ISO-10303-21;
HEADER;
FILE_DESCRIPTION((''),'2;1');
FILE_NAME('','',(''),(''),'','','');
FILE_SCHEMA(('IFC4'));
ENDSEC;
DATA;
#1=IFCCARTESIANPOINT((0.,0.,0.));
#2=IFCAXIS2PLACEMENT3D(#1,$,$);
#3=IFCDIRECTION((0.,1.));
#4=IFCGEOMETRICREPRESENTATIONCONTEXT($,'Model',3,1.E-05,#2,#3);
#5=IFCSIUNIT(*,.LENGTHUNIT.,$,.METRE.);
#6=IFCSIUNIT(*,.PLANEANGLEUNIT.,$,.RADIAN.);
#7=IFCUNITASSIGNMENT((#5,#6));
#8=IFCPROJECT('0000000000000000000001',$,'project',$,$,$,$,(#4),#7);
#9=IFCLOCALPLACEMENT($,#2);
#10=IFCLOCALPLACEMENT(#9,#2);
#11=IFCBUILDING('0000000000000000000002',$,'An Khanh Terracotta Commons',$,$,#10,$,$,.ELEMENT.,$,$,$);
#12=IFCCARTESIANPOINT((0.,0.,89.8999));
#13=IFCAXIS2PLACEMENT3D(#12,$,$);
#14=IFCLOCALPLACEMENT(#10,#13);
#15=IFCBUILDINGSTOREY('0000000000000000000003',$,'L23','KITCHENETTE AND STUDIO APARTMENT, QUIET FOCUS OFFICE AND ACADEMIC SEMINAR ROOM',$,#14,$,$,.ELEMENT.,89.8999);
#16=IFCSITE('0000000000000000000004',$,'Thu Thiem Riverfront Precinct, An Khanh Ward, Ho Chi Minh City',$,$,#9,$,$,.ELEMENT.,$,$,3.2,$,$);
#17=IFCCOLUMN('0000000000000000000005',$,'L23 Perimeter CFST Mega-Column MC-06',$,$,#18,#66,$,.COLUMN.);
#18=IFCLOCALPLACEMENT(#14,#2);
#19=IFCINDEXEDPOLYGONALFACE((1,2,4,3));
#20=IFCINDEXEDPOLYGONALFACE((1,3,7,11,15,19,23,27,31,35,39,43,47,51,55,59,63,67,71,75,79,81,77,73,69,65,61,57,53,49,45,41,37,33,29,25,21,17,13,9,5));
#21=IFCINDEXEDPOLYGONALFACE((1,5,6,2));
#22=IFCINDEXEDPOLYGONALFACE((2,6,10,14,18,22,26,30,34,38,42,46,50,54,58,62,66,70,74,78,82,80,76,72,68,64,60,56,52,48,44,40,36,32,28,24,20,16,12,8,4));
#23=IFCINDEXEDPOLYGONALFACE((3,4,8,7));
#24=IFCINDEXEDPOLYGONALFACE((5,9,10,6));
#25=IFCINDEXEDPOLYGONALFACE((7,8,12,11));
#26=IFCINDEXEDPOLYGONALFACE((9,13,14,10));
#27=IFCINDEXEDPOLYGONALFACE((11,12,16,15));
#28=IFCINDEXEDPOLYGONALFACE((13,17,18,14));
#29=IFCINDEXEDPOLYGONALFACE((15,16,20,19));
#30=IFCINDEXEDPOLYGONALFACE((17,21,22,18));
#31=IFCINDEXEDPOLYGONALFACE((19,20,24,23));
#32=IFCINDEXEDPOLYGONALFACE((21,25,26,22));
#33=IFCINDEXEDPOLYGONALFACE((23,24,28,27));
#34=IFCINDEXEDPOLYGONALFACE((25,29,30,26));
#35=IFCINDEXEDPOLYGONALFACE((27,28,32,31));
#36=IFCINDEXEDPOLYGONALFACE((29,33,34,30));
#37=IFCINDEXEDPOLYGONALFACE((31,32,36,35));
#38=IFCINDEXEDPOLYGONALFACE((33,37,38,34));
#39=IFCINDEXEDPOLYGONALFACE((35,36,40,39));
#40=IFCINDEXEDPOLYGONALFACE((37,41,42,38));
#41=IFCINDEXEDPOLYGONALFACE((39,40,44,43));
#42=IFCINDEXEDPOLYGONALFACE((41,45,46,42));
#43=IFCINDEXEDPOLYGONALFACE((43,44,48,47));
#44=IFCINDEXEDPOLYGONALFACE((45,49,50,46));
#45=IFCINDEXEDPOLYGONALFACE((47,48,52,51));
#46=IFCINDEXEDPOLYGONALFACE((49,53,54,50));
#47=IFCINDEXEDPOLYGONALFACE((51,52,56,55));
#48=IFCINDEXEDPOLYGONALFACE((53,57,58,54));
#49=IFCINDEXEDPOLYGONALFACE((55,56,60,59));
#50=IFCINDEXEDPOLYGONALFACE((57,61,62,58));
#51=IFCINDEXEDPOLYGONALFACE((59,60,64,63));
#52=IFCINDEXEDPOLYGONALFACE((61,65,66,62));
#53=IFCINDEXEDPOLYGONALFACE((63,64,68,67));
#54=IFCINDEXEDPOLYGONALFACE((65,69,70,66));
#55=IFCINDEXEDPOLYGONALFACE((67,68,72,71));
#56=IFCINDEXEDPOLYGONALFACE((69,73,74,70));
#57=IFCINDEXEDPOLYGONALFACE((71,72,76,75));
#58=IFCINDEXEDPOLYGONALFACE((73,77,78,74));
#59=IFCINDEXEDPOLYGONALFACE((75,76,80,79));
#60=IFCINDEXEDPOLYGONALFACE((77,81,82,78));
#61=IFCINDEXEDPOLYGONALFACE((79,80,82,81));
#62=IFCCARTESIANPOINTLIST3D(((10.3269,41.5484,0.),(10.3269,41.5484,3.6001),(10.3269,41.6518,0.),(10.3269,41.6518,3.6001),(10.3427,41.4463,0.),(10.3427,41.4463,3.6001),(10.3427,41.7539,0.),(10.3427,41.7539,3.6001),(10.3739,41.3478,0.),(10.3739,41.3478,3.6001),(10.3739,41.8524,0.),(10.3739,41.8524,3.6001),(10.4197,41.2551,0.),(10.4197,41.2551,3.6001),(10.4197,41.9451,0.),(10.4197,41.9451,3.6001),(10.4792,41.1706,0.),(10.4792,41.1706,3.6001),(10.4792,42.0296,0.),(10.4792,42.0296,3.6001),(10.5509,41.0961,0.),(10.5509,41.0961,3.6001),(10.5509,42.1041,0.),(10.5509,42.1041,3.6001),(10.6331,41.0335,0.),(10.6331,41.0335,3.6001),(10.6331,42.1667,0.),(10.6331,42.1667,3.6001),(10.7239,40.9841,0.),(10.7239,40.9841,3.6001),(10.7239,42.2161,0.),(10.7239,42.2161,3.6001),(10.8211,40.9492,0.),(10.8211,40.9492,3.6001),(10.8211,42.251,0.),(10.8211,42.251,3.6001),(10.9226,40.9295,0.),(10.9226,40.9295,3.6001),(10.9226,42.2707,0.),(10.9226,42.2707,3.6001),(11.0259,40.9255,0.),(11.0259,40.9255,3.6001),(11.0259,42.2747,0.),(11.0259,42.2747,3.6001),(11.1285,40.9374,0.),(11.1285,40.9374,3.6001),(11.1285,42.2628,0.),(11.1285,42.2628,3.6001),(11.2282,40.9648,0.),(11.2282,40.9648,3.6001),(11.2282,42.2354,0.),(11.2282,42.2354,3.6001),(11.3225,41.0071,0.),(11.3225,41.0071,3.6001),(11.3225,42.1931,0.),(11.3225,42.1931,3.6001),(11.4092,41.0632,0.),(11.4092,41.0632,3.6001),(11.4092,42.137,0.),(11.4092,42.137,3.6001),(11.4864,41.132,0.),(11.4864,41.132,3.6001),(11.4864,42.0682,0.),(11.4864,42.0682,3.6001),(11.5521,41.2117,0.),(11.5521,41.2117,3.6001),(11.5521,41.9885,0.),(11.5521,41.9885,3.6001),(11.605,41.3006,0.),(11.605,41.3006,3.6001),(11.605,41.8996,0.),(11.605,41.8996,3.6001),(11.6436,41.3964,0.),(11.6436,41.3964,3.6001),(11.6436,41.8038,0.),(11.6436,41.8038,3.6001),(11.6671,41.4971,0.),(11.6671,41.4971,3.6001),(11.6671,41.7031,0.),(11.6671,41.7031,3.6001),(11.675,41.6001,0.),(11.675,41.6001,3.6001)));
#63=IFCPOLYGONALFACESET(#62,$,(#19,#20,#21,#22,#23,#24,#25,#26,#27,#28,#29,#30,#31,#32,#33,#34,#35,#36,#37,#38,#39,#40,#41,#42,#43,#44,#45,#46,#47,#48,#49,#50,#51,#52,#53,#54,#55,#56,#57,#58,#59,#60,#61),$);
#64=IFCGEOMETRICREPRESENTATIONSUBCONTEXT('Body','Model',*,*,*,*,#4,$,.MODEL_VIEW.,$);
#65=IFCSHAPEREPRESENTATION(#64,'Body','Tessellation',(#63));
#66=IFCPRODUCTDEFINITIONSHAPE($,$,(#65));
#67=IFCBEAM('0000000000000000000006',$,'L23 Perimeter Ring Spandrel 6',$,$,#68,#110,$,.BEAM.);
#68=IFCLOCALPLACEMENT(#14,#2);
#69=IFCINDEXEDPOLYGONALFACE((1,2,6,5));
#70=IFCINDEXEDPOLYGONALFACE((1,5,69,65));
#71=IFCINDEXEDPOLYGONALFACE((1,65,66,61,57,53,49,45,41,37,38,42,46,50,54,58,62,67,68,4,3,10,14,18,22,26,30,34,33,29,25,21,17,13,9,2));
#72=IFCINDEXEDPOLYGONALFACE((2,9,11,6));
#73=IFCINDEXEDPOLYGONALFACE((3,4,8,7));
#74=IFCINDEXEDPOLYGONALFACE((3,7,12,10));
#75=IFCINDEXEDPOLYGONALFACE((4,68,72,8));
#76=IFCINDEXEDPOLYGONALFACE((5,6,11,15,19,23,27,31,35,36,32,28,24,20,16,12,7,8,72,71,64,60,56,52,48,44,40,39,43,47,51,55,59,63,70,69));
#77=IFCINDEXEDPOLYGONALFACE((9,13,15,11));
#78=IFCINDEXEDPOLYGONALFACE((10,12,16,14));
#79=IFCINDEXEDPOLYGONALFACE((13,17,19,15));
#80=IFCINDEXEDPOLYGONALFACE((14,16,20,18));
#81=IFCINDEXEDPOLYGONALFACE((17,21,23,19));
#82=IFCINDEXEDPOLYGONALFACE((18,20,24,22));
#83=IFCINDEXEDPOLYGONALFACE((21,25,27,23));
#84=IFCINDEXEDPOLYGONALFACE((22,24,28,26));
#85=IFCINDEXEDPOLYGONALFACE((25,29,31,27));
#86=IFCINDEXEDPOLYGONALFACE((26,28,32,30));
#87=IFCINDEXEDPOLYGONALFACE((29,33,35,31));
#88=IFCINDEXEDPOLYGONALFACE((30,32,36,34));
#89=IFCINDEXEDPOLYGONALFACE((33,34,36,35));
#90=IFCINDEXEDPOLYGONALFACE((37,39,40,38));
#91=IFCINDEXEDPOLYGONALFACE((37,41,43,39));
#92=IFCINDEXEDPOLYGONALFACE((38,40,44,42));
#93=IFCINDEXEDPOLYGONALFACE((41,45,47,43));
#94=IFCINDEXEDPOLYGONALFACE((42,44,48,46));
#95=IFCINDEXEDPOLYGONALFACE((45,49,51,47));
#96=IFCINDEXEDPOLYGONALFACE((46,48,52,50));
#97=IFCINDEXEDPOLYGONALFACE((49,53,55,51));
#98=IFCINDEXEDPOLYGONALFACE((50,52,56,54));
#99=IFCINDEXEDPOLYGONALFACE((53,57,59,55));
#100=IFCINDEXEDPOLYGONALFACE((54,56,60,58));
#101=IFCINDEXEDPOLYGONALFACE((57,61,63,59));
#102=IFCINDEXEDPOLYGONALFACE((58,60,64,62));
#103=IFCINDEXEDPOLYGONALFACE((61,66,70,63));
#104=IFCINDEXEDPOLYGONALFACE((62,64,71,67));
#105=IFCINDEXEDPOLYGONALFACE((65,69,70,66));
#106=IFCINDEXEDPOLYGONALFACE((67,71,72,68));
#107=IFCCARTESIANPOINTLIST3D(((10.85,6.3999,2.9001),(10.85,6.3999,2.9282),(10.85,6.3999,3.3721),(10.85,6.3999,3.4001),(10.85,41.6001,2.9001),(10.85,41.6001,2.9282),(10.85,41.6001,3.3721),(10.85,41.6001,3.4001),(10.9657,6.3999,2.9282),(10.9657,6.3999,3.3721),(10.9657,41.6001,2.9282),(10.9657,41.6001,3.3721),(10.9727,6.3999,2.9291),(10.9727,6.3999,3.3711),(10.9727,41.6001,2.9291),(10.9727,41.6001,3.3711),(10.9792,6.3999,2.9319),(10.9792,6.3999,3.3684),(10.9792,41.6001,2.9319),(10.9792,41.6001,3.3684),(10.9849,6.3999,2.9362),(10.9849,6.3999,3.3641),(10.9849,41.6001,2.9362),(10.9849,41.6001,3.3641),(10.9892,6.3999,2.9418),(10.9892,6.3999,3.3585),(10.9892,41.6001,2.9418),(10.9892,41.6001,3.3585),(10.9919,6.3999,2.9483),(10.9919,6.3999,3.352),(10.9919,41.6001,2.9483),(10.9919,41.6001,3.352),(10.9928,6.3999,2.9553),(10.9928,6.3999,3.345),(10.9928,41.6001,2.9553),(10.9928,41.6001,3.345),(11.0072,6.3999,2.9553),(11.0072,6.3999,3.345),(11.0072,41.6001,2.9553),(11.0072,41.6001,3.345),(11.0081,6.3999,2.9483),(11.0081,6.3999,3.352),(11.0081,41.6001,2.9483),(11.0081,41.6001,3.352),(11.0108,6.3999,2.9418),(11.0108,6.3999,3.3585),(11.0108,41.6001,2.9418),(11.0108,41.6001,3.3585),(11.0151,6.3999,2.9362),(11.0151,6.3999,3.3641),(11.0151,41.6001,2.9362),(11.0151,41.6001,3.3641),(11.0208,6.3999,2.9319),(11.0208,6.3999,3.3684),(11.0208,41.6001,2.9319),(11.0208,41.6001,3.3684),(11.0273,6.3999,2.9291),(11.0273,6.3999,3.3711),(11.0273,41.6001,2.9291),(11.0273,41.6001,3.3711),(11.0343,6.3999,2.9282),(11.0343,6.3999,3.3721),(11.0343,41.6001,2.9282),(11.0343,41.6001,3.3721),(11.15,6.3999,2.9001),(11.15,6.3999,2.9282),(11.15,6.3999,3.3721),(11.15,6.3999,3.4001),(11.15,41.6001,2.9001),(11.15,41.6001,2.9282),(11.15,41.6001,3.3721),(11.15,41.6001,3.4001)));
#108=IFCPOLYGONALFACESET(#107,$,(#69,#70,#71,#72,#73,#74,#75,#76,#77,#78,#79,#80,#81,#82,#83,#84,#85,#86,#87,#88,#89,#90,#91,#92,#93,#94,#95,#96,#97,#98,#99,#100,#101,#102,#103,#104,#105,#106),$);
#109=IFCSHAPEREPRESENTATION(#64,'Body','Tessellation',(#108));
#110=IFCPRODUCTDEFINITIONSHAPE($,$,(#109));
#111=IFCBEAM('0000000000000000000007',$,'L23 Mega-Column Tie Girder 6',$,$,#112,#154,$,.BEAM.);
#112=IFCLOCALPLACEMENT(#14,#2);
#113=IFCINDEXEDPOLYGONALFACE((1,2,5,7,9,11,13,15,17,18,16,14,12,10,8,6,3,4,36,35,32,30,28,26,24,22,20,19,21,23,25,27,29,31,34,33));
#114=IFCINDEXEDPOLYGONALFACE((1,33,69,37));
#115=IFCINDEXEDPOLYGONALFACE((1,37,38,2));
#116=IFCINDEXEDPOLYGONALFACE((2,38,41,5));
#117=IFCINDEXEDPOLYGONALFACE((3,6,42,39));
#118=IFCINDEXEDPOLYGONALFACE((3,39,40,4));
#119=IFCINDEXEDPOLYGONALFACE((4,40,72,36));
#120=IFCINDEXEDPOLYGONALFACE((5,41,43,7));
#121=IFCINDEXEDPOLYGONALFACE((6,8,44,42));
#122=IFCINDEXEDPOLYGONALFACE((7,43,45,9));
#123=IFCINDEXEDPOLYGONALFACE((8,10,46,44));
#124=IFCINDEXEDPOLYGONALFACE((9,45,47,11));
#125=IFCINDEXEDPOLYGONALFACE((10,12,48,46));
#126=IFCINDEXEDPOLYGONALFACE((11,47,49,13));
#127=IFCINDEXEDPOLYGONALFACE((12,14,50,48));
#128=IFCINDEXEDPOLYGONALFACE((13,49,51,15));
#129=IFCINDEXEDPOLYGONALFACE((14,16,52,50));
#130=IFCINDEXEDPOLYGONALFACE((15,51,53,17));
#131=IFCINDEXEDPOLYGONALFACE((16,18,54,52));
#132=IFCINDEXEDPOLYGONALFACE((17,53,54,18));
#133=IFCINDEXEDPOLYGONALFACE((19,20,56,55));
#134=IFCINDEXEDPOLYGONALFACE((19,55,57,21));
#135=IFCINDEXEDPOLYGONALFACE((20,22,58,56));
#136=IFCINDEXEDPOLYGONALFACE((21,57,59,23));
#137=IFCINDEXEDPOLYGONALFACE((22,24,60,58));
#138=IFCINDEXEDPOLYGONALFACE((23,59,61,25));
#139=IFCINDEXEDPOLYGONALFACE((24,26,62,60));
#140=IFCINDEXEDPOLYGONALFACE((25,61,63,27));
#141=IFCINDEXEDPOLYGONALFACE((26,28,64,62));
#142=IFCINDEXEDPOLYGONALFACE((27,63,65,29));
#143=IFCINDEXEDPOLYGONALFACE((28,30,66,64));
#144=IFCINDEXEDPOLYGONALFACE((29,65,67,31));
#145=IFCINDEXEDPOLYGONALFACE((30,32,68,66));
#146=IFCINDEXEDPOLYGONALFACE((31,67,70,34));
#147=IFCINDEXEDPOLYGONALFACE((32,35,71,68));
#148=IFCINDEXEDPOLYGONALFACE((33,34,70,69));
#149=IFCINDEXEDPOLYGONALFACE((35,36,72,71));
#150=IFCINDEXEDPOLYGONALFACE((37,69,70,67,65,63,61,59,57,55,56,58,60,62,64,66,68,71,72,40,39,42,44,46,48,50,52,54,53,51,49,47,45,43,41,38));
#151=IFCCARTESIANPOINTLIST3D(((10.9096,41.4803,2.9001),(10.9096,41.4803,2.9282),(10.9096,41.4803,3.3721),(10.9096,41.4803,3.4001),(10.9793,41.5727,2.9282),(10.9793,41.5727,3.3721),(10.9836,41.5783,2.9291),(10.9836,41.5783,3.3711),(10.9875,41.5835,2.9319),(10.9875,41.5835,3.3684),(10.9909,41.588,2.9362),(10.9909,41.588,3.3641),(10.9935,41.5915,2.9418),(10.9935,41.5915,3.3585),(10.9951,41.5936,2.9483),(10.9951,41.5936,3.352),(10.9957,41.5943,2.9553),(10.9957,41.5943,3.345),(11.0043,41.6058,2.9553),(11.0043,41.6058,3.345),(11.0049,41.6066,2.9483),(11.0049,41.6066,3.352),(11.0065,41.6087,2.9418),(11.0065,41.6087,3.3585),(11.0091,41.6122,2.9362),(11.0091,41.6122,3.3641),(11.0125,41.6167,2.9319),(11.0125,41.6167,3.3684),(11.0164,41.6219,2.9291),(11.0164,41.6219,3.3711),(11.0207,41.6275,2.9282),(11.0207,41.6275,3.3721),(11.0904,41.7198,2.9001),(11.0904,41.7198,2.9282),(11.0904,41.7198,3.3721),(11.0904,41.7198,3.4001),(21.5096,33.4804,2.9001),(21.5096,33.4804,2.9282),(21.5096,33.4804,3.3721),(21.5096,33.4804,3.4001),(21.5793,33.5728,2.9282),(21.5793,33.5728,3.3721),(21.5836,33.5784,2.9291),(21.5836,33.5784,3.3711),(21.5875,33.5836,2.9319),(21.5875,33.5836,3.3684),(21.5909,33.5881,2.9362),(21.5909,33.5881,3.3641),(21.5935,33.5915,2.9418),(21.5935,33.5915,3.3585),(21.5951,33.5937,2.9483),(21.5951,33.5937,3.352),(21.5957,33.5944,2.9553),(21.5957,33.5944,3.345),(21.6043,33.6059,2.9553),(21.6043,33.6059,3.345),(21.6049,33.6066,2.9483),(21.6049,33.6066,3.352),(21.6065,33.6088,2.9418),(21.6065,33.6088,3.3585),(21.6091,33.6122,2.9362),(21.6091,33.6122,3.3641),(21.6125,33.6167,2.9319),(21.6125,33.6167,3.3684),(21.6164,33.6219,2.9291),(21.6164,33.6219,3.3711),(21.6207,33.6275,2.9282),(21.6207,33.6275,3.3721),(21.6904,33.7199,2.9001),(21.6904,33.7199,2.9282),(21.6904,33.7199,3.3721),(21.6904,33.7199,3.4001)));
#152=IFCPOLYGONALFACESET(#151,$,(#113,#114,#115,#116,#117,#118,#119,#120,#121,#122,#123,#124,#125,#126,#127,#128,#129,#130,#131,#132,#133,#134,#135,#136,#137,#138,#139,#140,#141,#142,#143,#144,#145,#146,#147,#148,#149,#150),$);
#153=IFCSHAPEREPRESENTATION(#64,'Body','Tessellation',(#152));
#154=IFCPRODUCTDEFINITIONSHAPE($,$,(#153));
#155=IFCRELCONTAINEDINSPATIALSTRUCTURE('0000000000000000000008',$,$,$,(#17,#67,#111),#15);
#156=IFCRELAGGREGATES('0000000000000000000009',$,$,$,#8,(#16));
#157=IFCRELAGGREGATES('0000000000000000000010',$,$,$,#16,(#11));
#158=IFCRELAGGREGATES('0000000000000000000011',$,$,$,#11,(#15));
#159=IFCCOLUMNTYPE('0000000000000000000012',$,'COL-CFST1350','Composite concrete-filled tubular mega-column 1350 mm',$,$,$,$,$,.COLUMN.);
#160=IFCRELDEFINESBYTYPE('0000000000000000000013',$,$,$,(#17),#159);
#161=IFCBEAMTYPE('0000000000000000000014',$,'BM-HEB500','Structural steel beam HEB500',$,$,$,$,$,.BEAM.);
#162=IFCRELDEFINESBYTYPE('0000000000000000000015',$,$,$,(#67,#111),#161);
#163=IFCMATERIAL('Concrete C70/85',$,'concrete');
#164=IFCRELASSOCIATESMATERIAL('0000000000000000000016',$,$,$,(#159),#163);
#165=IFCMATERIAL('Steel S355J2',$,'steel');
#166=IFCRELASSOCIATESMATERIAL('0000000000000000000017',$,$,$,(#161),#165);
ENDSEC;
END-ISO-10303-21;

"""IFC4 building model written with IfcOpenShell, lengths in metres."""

from ifc_helpers import new_model, si_unit, direction, frame, origin, origin_2d, place, context, subcontext, project, spatial, circle, i_section, extrude, material, material_profile, profile_set, type_object, element, save


model = new_model("IFC4")

# Units and contexts
model_context = context("Model", 3, precision=1e-05, world=origin(), true_north=direction((0.0, 1.0)))
body_context = subcontext(model_context, "Body", "Model", "MODEL_VIEW")
ifc_project = project(units=[si_unit("LENGTHUNIT", "METRE"), si_unit("PLANEANGLEUNIT", "RADIAN")], contexts=[model_context])

# Site, building, storey
site_placement = place(None, origin())
site = spatial("IfcSite", under=ifc_project, at=site_placement, Name="Thu Thiem Riverfront Precinct, An Khanh Ward, Ho Chi Minh City", CompositionType="ELEMENT", RefElevation=3.2)
building_placement = place(site_placement, origin())
building = spatial("IfcBuilding", under=site, at=building_placement, Name="An Khanh Terracotta Commons", CompositionType="ELEMENT")
storey_placement = place(building_placement, frame((0.0, 0.0, 89.8999)))
storey = spatial("IfcBuildingStorey", under=building, at=storey_placement, Name="L23", Description="KITCHENETTE AND STUDIO APARTMENT, QUIET FOCUS OFFICE AND ACADEMIC SEMINAR ROOM", CompositionType="ELEMENT", Elevation=89.8999)

# Column
ifc_material_1 = material(Name="Concrete C70/85", Category="concrete")
ifc_material_profile_1 = material_profile(ifc_material_1, circle(Radius=0.675, at=origin_2d()), Name="CFST1350")
ifc_profile_set_1 = profile_set([ifc_material_profile_1], Name="Concrete C70/85")
column_type = type_object("IfcColumnType", Name="COL-CFST1350", Description="Composite concrete-filled tubular mega-column 1350 mm", PredefinedType="COLUMN", material=ifc_profile_set_1)
column_placement = place(storey_placement, frame((11.0, 41.6001, 0.0), z_axis=(0.0, 0.0, 1.0), x_axis=(1.0, 0.0, 0.0)))
element("IfcColumn", 1, at=column_placement, inside=storey, type_object=column_type, Name="L23 Perimeter CFST Mega-Column MC-06", PredefinedType="COLUMN", context=body_context, shape_type="SweptSolid", body=[
    extrude(circle(Radius=0.675, at=origin_2d()), origin(), (0.0, 0.0, 1.0), 3.6001),
])

# Beams
ifc_material_2 = material(Name="Steel S355J2", Category="steel")
ifc_material_profile_2 = material_profile(ifc_material_2, i_section(OverallWidth=0.3, OverallDepth=0.5, WebThickness=0.0144, FlangeThickness=0.0281, FilletRadius=0.0271, at=origin_2d()), Name="HEB500")
ifc_profile_set_2 = profile_set([ifc_material_profile_2], Name="Steel S355J2")
beam_type = type_object("IfcBeamType", Name="BM-HEB500", Description="Structural steel beam HEB500", PredefinedType="BEAM", material=ifc_profile_set_2)
beam_1_placement = place(storey_placement, frame((11.0, 41.6001, 3.1501), z_axis=(0.0, -1.0, 0.0), x_axis=(1.0, 0.0, 0.0)))
element("IfcBeam", 2, at=beam_1_placement, inside=storey, type_object=beam_type, Name="L23 Perimeter Ring Spandrel 6", PredefinedType="BEAM", context=body_context, shape_type="SweptSolid", body=[
    extrude(i_section(OverallWidth=0.3, OverallDepth=0.5, WebThickness=0.0144, FlangeThickness=0.0281, FilletRadius=0.0271, at=origin_2d()), origin(), (0.0, 0.0, 1.0), 35.2002),
])
beam_2_placement = place(storey_placement, frame((11.0, 41.6001, 3.1501), z_axis=(0.798192, -0.602403, 0.0), x_axis=(0.602403, 0.798192, 0.0)))
element("IfcBeam", 3, at=beam_2_placement, inside=storey, type_object=beam_type, Name="L23 Mega-Column Tie Girder 6", PredefinedType="BEAM", context=body_context, shape_type="SweptSolid", body=[
    extrude(i_section(OverallWidth=0.3, OverallDepth=0.5, WebThickness=0.0144, FlangeThickness=0.0281, FilletRadius=0.0271, at=origin_2d()), origin(), (0.0, 0.0, 1.0), 13.28),
])

save(model, "model.ifc")
